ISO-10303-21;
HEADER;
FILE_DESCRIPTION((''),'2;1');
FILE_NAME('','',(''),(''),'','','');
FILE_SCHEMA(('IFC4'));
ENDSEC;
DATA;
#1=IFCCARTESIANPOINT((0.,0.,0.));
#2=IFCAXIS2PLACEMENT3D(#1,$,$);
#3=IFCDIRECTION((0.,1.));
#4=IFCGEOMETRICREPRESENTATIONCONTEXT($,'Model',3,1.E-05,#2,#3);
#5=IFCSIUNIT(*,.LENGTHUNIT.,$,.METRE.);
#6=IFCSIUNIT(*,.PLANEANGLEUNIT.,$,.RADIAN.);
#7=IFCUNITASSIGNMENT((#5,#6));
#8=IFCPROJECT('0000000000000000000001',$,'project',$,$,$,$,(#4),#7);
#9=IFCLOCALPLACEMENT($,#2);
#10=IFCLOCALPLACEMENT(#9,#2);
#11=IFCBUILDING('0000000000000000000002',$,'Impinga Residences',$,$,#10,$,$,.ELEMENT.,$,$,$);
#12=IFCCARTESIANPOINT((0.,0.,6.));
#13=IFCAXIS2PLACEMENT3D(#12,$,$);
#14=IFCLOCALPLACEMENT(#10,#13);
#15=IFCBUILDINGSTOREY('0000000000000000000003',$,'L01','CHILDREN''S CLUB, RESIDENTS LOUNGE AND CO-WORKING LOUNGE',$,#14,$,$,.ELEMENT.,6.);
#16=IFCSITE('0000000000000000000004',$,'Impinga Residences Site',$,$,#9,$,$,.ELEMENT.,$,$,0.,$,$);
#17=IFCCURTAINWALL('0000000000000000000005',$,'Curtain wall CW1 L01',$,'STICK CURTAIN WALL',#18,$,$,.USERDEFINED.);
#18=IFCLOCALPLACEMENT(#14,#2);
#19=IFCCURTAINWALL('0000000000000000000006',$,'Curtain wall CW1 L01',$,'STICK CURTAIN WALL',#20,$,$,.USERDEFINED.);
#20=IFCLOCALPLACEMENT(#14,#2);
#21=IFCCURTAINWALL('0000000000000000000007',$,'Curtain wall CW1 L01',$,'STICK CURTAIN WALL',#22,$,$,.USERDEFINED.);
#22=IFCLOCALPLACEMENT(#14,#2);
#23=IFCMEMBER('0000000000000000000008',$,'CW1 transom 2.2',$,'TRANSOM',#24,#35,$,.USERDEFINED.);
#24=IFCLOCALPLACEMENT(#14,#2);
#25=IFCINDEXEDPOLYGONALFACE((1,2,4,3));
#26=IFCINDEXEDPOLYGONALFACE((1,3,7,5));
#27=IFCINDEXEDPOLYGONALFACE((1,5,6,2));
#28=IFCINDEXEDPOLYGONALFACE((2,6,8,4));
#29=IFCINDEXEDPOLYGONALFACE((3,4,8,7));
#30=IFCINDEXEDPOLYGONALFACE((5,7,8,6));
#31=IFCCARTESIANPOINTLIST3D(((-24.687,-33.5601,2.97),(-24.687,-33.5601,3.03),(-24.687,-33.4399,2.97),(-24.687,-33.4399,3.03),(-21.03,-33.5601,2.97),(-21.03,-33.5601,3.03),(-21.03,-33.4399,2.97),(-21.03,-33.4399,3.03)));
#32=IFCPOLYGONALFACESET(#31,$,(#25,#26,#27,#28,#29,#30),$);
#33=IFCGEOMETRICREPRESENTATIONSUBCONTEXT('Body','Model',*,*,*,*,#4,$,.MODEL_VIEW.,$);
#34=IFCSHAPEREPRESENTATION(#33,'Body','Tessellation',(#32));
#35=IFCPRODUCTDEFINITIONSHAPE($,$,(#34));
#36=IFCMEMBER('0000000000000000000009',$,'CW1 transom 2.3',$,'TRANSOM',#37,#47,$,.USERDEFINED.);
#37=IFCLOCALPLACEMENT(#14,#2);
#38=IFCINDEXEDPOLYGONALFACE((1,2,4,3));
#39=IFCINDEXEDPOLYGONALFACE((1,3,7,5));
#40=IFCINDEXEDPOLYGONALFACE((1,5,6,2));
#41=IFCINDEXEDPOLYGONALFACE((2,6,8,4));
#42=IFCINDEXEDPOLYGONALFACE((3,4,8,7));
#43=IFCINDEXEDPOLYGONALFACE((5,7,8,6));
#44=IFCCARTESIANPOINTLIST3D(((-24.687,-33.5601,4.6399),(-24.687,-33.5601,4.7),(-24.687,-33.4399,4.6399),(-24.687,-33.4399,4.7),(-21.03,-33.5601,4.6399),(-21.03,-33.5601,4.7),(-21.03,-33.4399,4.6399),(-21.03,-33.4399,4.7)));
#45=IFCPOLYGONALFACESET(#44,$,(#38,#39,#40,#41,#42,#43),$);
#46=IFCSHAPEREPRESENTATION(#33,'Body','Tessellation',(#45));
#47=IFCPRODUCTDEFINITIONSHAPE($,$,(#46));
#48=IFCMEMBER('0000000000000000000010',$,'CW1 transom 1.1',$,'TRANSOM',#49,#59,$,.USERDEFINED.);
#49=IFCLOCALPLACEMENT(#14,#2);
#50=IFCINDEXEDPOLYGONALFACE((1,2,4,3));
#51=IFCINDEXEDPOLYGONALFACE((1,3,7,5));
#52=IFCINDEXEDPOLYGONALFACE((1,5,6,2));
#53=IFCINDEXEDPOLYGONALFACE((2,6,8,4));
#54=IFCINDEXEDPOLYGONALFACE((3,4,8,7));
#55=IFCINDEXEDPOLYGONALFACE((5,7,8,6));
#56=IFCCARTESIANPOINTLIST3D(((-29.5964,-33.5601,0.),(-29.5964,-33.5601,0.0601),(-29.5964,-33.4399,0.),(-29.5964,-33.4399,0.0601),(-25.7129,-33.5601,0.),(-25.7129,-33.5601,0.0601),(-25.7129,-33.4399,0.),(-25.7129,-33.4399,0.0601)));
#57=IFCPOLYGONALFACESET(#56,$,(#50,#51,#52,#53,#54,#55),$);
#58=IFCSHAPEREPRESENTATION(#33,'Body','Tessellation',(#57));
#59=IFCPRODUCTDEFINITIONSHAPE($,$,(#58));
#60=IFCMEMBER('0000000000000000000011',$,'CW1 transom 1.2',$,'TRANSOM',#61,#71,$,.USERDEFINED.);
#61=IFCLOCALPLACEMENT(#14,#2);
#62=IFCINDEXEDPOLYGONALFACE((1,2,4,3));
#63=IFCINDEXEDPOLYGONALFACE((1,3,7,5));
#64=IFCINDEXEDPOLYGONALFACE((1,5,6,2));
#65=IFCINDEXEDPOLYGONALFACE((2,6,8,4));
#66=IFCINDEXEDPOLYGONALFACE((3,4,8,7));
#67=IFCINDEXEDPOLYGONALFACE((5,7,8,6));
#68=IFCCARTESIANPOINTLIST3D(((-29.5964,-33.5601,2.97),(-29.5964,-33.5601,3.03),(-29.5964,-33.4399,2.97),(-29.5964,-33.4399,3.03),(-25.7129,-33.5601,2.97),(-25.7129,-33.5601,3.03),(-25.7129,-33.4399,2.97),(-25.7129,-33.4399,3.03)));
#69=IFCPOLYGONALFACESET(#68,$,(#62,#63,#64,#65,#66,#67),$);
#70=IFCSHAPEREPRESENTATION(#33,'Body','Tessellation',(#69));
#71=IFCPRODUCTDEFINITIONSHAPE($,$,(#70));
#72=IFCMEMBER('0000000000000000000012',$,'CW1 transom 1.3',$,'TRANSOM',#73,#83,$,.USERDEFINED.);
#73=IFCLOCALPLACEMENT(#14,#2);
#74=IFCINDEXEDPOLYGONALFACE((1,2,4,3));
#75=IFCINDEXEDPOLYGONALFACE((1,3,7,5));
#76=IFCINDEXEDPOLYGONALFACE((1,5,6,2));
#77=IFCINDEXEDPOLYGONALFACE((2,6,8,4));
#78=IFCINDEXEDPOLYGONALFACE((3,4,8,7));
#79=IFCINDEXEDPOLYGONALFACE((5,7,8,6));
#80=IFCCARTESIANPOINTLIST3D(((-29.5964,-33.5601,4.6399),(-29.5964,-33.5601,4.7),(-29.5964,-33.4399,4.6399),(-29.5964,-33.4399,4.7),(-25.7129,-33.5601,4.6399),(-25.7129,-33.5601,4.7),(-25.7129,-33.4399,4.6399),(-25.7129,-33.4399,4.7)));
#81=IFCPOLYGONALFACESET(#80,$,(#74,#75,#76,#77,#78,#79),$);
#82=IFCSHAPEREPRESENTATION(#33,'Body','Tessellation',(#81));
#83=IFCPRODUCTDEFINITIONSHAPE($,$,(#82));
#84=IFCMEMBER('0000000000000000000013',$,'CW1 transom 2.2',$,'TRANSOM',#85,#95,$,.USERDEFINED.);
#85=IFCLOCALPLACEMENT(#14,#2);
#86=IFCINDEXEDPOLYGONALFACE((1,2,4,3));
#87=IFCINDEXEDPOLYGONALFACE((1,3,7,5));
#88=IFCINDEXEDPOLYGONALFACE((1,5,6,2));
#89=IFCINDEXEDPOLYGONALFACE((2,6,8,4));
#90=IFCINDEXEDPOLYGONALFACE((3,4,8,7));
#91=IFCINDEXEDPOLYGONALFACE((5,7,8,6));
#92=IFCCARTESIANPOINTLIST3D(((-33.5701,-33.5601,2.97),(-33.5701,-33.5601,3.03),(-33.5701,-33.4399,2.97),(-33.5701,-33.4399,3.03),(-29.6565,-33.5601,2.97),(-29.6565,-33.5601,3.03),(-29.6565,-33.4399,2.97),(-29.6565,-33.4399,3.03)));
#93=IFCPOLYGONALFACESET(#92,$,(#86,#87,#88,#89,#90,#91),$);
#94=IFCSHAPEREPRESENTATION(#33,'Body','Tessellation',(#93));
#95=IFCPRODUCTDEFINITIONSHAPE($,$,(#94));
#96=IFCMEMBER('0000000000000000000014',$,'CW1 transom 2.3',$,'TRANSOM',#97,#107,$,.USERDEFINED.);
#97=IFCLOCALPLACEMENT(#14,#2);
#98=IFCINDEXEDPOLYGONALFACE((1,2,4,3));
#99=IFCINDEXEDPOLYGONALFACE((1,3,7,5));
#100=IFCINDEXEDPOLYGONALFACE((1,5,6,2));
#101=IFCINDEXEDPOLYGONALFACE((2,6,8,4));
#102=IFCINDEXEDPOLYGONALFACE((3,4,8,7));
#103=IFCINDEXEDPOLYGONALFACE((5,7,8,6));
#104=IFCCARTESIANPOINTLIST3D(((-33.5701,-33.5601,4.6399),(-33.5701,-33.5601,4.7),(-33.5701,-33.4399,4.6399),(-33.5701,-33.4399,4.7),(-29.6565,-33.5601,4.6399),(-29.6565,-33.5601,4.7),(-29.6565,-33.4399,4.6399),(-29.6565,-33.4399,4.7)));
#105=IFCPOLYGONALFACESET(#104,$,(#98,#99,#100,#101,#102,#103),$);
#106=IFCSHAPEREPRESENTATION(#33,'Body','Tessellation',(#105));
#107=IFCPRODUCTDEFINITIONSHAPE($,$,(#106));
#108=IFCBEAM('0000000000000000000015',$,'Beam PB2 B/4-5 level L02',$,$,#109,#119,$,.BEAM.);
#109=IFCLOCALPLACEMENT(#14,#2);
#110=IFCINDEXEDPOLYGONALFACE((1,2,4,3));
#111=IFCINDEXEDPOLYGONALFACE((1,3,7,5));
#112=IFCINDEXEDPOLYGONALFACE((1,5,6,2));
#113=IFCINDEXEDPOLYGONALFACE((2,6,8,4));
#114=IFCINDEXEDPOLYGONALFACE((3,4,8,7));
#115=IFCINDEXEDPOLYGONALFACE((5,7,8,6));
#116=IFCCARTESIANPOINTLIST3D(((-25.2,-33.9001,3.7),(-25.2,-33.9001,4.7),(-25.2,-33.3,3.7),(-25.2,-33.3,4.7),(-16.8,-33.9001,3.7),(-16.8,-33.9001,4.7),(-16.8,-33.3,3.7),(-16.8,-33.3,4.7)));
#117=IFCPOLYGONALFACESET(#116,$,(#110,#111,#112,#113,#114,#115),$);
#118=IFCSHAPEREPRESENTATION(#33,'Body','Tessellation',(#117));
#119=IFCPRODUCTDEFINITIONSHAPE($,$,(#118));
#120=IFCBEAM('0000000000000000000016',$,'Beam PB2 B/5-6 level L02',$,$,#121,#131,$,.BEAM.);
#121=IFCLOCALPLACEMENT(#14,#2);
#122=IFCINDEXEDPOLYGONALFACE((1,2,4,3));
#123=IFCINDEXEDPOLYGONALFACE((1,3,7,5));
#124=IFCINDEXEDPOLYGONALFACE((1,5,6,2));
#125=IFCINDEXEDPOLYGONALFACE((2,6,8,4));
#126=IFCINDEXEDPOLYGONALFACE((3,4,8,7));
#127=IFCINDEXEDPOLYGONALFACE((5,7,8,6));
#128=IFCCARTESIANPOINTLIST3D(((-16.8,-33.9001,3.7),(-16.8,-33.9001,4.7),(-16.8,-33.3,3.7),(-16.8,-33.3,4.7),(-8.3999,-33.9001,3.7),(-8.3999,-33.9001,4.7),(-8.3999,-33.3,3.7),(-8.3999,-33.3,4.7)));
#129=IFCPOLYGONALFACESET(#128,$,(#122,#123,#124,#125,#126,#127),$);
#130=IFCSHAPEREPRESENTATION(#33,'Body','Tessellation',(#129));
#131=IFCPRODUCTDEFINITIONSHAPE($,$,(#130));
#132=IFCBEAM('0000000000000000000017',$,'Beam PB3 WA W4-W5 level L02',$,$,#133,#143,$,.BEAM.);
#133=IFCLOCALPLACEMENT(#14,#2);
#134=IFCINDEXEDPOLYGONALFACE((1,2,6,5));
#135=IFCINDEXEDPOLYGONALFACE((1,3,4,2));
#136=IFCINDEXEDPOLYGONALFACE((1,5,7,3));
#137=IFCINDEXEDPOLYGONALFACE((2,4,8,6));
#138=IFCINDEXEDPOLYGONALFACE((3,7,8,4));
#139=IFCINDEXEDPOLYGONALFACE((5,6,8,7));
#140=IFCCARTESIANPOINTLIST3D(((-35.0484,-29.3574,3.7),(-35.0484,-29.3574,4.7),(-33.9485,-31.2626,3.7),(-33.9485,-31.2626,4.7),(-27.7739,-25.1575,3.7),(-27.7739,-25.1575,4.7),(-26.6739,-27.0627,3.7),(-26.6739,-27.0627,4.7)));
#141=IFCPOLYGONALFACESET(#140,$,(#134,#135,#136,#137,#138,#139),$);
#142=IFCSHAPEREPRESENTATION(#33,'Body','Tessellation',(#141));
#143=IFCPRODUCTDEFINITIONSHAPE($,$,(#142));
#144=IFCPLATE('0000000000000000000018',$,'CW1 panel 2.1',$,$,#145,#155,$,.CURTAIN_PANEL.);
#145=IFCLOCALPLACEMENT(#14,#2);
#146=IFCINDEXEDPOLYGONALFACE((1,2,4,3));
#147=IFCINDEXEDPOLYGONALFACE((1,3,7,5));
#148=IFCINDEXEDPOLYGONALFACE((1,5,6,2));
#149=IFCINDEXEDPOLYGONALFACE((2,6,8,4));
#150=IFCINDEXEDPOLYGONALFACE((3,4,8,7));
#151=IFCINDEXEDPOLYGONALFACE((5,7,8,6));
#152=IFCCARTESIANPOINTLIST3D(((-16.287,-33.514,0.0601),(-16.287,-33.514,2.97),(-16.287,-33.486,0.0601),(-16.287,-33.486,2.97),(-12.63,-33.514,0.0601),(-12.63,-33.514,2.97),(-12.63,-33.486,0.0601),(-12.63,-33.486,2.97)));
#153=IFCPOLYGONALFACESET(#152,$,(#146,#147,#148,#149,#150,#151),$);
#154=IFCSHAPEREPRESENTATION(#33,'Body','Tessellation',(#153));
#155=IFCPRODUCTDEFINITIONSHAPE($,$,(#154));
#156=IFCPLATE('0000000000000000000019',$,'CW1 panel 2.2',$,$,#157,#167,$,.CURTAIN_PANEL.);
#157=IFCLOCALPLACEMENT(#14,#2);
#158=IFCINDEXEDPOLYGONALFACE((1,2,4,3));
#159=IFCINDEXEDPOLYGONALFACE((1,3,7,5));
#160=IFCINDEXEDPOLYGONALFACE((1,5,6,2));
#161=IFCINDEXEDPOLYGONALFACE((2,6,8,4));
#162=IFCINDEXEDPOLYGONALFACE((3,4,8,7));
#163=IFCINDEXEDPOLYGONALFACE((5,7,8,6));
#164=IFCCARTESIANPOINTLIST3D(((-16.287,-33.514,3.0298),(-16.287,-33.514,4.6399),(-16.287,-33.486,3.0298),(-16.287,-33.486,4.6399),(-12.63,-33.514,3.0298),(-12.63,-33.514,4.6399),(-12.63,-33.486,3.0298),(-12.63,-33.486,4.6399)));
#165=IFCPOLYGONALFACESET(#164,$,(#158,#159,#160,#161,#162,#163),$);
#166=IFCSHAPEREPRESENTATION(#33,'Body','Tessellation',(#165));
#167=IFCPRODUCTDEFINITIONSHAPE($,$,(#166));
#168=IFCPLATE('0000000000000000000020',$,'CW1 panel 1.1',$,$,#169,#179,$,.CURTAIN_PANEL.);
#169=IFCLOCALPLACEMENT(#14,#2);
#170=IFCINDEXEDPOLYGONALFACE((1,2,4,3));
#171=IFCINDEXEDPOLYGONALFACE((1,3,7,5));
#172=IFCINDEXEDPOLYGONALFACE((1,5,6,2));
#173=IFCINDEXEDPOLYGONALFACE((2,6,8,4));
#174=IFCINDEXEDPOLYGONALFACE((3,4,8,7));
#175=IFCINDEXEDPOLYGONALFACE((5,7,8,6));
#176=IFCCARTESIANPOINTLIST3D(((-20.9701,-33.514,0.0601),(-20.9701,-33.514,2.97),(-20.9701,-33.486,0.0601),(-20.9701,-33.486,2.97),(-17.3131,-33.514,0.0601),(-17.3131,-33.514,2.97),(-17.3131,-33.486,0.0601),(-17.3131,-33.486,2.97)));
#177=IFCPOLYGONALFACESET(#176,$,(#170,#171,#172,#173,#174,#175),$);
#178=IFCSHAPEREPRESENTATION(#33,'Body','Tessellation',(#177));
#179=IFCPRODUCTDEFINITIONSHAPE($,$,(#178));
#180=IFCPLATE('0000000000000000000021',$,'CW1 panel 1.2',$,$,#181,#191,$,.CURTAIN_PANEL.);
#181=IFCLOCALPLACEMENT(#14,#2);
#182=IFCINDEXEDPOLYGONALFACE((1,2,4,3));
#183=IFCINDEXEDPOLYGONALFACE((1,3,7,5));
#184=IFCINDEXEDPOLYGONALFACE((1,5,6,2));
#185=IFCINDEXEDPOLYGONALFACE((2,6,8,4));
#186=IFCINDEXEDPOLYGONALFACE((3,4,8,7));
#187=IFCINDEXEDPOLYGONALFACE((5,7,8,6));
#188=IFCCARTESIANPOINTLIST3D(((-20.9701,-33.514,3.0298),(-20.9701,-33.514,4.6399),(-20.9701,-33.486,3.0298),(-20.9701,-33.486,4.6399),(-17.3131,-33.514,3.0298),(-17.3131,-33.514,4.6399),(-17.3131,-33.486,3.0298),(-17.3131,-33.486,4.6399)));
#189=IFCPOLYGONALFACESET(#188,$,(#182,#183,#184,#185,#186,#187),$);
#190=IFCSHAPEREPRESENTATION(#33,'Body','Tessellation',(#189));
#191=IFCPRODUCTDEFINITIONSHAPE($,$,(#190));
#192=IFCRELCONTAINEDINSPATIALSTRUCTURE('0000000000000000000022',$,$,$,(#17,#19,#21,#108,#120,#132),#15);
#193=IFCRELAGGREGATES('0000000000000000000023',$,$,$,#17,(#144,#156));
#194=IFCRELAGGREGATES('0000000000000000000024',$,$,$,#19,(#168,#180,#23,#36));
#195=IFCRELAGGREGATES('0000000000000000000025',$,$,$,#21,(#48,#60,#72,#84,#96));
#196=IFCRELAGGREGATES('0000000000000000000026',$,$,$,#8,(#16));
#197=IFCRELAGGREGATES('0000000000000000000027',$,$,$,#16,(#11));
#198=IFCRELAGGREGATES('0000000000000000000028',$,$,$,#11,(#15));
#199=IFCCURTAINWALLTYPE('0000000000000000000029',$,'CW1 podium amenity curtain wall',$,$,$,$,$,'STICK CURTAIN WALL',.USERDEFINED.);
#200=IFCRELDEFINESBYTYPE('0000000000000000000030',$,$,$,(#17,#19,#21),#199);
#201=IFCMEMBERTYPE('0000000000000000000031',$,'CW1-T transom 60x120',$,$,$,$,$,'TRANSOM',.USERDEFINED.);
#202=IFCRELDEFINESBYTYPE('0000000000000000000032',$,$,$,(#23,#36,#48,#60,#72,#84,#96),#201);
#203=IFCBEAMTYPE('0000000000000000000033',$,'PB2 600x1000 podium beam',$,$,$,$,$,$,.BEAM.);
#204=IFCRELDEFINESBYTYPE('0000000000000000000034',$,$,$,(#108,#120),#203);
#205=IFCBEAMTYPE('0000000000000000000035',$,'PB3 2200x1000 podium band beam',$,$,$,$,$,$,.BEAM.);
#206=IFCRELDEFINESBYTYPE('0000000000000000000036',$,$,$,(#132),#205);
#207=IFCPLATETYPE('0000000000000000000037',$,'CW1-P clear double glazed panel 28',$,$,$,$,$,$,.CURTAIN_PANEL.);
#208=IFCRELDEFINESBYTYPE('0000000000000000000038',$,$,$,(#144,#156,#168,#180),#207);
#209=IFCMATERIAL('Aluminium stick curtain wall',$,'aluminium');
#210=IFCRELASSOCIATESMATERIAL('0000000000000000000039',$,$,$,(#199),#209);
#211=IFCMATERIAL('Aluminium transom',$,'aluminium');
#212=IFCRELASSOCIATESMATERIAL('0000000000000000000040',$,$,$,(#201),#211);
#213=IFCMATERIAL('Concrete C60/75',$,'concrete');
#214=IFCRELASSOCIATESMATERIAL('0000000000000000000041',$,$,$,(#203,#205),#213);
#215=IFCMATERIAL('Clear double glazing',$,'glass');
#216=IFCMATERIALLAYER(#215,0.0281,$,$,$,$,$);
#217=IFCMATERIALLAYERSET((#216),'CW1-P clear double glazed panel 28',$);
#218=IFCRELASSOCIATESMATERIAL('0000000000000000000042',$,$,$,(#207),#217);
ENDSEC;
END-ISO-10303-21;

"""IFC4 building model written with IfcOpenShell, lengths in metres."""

from ifc_helpers import new_model, si_unit, direction, frame, origin, origin_2d, place, context, subcontext, project, spatial, rectangle, extrude, material, layer, layer_set, material_profile, profile_set, type_object, element, aggregate, save


model = new_model("IFC4")

# Units and contexts
model_context = context("Model", 3, precision=1e-05, world=origin(), true_north=direction((0.0, 1.0)))
body_context = subcontext(model_context, "Body", "Model", "MODEL_VIEW")
ifc_project = project(units=[si_unit("LENGTHUNIT", "METRE"), si_unit("PLANEANGLEUNIT", "RADIAN")], contexts=[model_context])

# Site, building, storey
site_placement = place(None, origin())
site = spatial("IfcSite", under=ifc_project, at=site_placement, Name="Impinga Residences Site", CompositionType="ELEMENT", RefElevation=0.0)
building_placement = place(site_placement, origin())
building = spatial("IfcBuilding", under=site, at=building_placement, Name="Impinga Residences", CompositionType="ELEMENT")
storey_placement = place(building_placement, frame((0.0, 0.0, 6.0)))
storey = spatial("IfcBuildingStorey", under=building, at=storey_placement, Name="L01", Description="CHILDREN'S CLUB, RESIDENTS LOUNGE AND CO-WORKING LOUNGE", CompositionType="ELEMENT", Elevation=6.0)

# Curtain wall
ifc_material_1 = material(Name="Aluminium stick curtain wall", Category="aluminium")
curtain_wall_type = type_object("IfcCurtainWallType", Name="CW1 podium amenity curtain wall", ElementType="STICK CURTAIN WALL", PredefinedType="USERDEFINED", material=ifc_material_1)
curtain_wall_1_placement = place(storey_placement, origin())
curtain_wall_1 = element("IfcCurtainWall", 1, at=curtain_wall_1_placement, inside=storey, type_object=curtain_wall_type, Name="Curtain wall CW1 L01", ObjectType="STICK CURTAIN WALL", PredefinedType="USERDEFINED")

# Curtain walls
curtain_wall_2_placement = place(storey_placement, origin())
curtain_wall_2 = element("IfcCurtainWall", 2, at=curtain_wall_2_placement, inside=storey, type_object=curtain_wall_type, Name="Curtain wall CW1 L01", ObjectType="STICK CURTAIN WALL", PredefinedType="USERDEFINED")
curtain_wall_3_placement = place(storey_placement, origin())
curtain_wall_3 = element("IfcCurtainWall", 3, at=curtain_wall_3_placement, inside=storey, type_object=curtain_wall_type, Name="Curtain wall CW1 L01", ObjectType="STICK CURTAIN WALL", PredefinedType="USERDEFINED")

# Members
ifc_material_2 = material(Name="Aluminium transom", Category="aluminium")
ifc_material_profile_1 = material_profile(ifc_material_2, rectangle(XDim=0.0601, YDim=0.1201, at=origin_2d()), Name="60x120 transom")
ifc_profile_set_1 = profile_set([ifc_material_profile_1], Name="Aluminium transom")
member_type_1 = type_object("IfcMemberType", Name="CW1-T transom 60x120", ElementType="TRANSOM", PredefinedType="USERDEFINED", material=ifc_profile_set_1)
member_1_placement = place(storey_placement, frame((-21.03, -33.5, 3.0), z_axis=(-1.0, 0.0, 0.0), x_axis=(0.0, 0.0, 1.0)))
member_1 = element("IfcMember", 4, at=member_1_placement, type_object=member_type_1, Name="CW1 transom 2.2", ObjectType="TRANSOM", PredefinedType="USERDEFINED", context=body_context, shape_type="SweptSolid", body=[
    extrude(rectangle(XDim=0.0601, YDim=0.1201, at=origin_2d()), origin(), (0.0, 0.0, 1.0), 3.657),
])
member_2_placement = place(storey_placement, frame((-21.03, -33.5, 4.6699), z_axis=(-1.0, 0.0, 0.0), x_axis=(0.0, 0.0, 1.0)))
member_2 = element("IfcMember", 5, at=member_2_placement, type_object=member_type_1, Name="CW1 transom 2.3", ObjectType="TRANSOM", PredefinedType="USERDEFINED", context=body_context, shape_type="SweptSolid", body=[
    extrude(rectangle(XDim=0.0601, YDim=0.1201, at=origin_2d()), origin(), (0.0, 0.0, 1.0), 3.657),
])
member_3_placement = place(storey_placement, frame((-25.7129, -33.5, 0.03), z_axis=(-1.0, 0.0, 0.0), x_axis=(0.0, 0.0, 1.0)))
member_3 = element("IfcMember", 6, at=member_3_placement, type_object=member_type_1, Name="CW1 transom 1.1", ObjectType="TRANSOM", PredefinedType="USERDEFINED", context=body_context, shape_type="SweptSolid", body=[
    extrude(rectangle(XDim=0.0601, YDim=0.1201, at=origin_2d()), origin(), (0.0, 0.0, 1.0), 3.8835),
])
member_4_placement = place(storey_placement, frame((-25.7129, -33.5, 3.0), z_axis=(-1.0, 0.0, 0.0), x_axis=(0.0, 0.0, 1.0)))
member_4 = element("IfcMember", 7, at=member_4_placement, type_object=member_type_1, Name="CW1 transom 1.2", ObjectType="TRANSOM", PredefinedType="USERDEFINED", context=body_context, shape_type="SweptSolid", body=[
    extrude(rectangle(XDim=0.0601, YDim=0.1201, at=origin_2d()), origin(), (0.0, 0.0, 1.0), 3.8835),
])
member_5_placement = place(storey_placement, frame((-25.7129, -33.5, 4.6699), z_axis=(-1.0, 0.0, 0.0), x_axis=(0.0, 0.0, 1.0)))
member_5 = element("IfcMember", 8, at=member_5_placement, type_object=member_type_1, Name="CW1 transom 1.3", ObjectType="TRANSOM", PredefinedType="USERDEFINED", context=body_context, shape_type="SweptSolid", body=[
    extrude(rectangle(XDim=0.0601, YDim=0.1201, at=origin_2d()), origin(), (0.0, 0.0, 1.0), 3.8835),
])
member_6_placement = place(storey_placement, frame((-29.6565, -33.5, 3.0), z_axis=(-1.0, 0.0, 0.0), x_axis=(0.0, 0.0, 1.0)))
member_6 = element("IfcMember", 9, at=member_6_placement, type_object=member_type_1, Name="CW1 transom 2.2", ObjectType="TRANSOM", PredefinedType="USERDEFINED", context=body_context, shape_type="SweptSolid", body=[
    extrude(rectangle(XDim=0.0601, YDim=0.1201, at=origin_2d()), origin(), (0.0, 0.0, 1.0), 3.9136),
])
member_7_placement = place(storey_placement, frame((-29.6565, -33.5, 4.6699), z_axis=(-1.0, 0.0, 0.0), x_axis=(0.0, 0.0, 1.0)))
member_7 = element("IfcMember", 10, at=member_7_placement, type_object=member_type_1, Name="CW1 transom 2.3", ObjectType="TRANSOM", PredefinedType="USERDEFINED", context=body_context, shape_type="SweptSolid", body=[
    extrude(rectangle(XDim=0.0601, YDim=0.1201, at=origin_2d()), origin(), (0.0, 0.0, 1.0), 3.9136),
])

# Beams
ifc_material_3 = material(Name="Concrete C60/75", Category="concrete")
ifc_material_profile_2 = material_profile(ifc_material_3, rectangle(XDim=0.6001, YDim=1.0, at=origin_2d()), Name="RC 600x1000")
ifc_profile_set_2 = profile_set([ifc_material_profile_2], Name="Concrete C60/75")
beam_type_1 = type_object("IfcBeamType", Name="PB2 600x1000 podium beam", PredefinedType="BEAM", material=ifc_profile_set_2)
beam_1_placement = place(storey_placement, frame((-25.2, -33.6001, 4.2), z_axis=(1.0, 0.0, 0.0), x_axis=(0.0, 1.0, 0.0)))
element("IfcBeam", 11, at=beam_1_placement, inside=storey, type_object=beam_type_1, Name="Beam PB2 B/4-5 level L02", PredefinedType="BEAM", context=body_context, shape_type="SweptSolid", body=[
    extrude(rectangle(XDim=0.6001, YDim=1.0, at=origin_2d()), origin(), (0.0, 0.0, 1.0), 8.3999),
])
beam_2_placement = place(storey_placement, frame((-16.8, -33.6001, 4.2), z_axis=(1.0, 0.0, 0.0), x_axis=(0.0, 1.0, 0.0)))
element("IfcBeam", 12, at=beam_2_placement, inside=storey, type_object=beam_type_1, Name="Beam PB2 B/5-6 level L02", PredefinedType="BEAM", context=body_context, shape_type="SweptSolid", body=[
    extrude(rectangle(XDim=0.6001, YDim=1.0, at=origin_2d()), origin(), (0.0, 0.0, 1.0), 8.4001),
])
ifc_material_profile_3 = material_profile(ifc_material_3, rectangle(XDim=2.2, YDim=1.0, at=origin_2d()), Name="RC 2200x1000")
ifc_profile_set_3 = profile_set([ifc_material_profile_3], Name="Concrete C60/75")
beam_type_2 = type_object("IfcBeamType", Name="PB3 2200x1000 podium band beam", PredefinedType="BEAM", material=ifc_profile_set_3)
beam_3_placement = place(storey_placement, frame((-27.2239, -26.1101, 4.2), z_axis=(-0.866029, -0.499993, 0.0), x_axis=(0.499993, -0.866029, 0.0)))
element("IfcBeam", 13, at=beam_3_placement, inside=storey, type_object=beam_type_2, Name="Beam PB3 WA W4-W5 level L02", PredefinedType="BEAM", context=body_context, shape_type="SweptSolid", body=[
    extrude(rectangle(XDim=2.2, YDim=1.0, at=origin_2d()), origin(), (0.0, 0.0, 1.0), 8.3999),
])

# Plates
ifc_material_4 = material(Name="Clear double glazing", Category="glass")
ifc_layer = layer(ifc_material_4, 0.0281)
ifc_layer_set = layer_set([ifc_layer], Name="CW1-P clear double glazed panel 28")
plate_type = type_object("IfcPlateType", Name="CW1-P clear double glazed panel 28", PredefinedType="CURTAIN_PANEL", material=ifc_layer_set)
plate_1_placement = place(storey_placement, frame((-14.4585, -33.5, 0.0601), z_axis=(0.0, 0.0, 1.0), x_axis=(-1.0, 0.0, 0.0)))
plate_1 = element("IfcPlate", 14, at=plate_1_placement, type_object=plate_type, Name="CW1 panel 2.1", PredefinedType="CURTAIN_PANEL", context=body_context, shape_type="SweptSolid", body=[
    extrude(rectangle(XDim=3.657, YDim=0.0281, at=origin_2d()), origin(), (0.0, 0.0, 1.0), 2.9099),
])
plate_2_placement = place(storey_placement, frame((-14.4585, -33.5, 3.0298), z_axis=(0.0, 0.0, 1.0), x_axis=(-1.0, 0.0, 0.0)))
plate_2 = element("IfcPlate", 15, at=plate_2_placement, type_object=plate_type, Name="CW1 panel 2.2", PredefinedType="CURTAIN_PANEL", context=body_context, shape_type="SweptSolid", body=[
    extrude(rectangle(XDim=3.657, YDim=0.0281, at=origin_2d()), origin(), (0.0, 0.0, 1.0), 1.6101),
])
aggregate(curtain_wall_1, [plate_1, plate_2])
plate_3_placement = place(storey_placement, frame((-19.1416, -33.5, 0.0601), z_axis=(0.0, 0.0, 1.0), x_axis=(-1.0, 0.0, 0.0)))
plate_3 = element("IfcPlate", 16, at=plate_3_placement, type_object=plate_type, Name="CW1 panel 1.1", PredefinedType="CURTAIN_PANEL", context=body_context, shape_type="SweptSolid", body=[
    extrude(rectangle(XDim=3.657, YDim=0.0281, at=origin_2d()), origin(), (0.0, 0.0, 1.0), 2.9099),
])
plate_4_placement = place(storey_placement, frame((-19.1416, -33.5, 3.0298), z_axis=(0.0, 0.0, 1.0), x_axis=(-1.0, 0.0, 0.0)))
plate_4 = element("IfcPlate", 17, at=plate_4_placement, type_object=plate_type, Name="CW1 panel 1.2", PredefinedType="CURTAIN_PANEL", context=body_context, shape_type="SweptSolid", body=[
    extrude(rectangle(XDim=3.657, YDim=0.0281, at=origin_2d()), origin(), (0.0, 0.0, 1.0), 1.6101),
])
aggregate(curtain_wall_2, [plate_3, plate_4, member_1, member_2])
aggregate(curtain_wall_3, [member_3, member_4, member_5, member_6, member_7])

save(model, "model.ifc")
